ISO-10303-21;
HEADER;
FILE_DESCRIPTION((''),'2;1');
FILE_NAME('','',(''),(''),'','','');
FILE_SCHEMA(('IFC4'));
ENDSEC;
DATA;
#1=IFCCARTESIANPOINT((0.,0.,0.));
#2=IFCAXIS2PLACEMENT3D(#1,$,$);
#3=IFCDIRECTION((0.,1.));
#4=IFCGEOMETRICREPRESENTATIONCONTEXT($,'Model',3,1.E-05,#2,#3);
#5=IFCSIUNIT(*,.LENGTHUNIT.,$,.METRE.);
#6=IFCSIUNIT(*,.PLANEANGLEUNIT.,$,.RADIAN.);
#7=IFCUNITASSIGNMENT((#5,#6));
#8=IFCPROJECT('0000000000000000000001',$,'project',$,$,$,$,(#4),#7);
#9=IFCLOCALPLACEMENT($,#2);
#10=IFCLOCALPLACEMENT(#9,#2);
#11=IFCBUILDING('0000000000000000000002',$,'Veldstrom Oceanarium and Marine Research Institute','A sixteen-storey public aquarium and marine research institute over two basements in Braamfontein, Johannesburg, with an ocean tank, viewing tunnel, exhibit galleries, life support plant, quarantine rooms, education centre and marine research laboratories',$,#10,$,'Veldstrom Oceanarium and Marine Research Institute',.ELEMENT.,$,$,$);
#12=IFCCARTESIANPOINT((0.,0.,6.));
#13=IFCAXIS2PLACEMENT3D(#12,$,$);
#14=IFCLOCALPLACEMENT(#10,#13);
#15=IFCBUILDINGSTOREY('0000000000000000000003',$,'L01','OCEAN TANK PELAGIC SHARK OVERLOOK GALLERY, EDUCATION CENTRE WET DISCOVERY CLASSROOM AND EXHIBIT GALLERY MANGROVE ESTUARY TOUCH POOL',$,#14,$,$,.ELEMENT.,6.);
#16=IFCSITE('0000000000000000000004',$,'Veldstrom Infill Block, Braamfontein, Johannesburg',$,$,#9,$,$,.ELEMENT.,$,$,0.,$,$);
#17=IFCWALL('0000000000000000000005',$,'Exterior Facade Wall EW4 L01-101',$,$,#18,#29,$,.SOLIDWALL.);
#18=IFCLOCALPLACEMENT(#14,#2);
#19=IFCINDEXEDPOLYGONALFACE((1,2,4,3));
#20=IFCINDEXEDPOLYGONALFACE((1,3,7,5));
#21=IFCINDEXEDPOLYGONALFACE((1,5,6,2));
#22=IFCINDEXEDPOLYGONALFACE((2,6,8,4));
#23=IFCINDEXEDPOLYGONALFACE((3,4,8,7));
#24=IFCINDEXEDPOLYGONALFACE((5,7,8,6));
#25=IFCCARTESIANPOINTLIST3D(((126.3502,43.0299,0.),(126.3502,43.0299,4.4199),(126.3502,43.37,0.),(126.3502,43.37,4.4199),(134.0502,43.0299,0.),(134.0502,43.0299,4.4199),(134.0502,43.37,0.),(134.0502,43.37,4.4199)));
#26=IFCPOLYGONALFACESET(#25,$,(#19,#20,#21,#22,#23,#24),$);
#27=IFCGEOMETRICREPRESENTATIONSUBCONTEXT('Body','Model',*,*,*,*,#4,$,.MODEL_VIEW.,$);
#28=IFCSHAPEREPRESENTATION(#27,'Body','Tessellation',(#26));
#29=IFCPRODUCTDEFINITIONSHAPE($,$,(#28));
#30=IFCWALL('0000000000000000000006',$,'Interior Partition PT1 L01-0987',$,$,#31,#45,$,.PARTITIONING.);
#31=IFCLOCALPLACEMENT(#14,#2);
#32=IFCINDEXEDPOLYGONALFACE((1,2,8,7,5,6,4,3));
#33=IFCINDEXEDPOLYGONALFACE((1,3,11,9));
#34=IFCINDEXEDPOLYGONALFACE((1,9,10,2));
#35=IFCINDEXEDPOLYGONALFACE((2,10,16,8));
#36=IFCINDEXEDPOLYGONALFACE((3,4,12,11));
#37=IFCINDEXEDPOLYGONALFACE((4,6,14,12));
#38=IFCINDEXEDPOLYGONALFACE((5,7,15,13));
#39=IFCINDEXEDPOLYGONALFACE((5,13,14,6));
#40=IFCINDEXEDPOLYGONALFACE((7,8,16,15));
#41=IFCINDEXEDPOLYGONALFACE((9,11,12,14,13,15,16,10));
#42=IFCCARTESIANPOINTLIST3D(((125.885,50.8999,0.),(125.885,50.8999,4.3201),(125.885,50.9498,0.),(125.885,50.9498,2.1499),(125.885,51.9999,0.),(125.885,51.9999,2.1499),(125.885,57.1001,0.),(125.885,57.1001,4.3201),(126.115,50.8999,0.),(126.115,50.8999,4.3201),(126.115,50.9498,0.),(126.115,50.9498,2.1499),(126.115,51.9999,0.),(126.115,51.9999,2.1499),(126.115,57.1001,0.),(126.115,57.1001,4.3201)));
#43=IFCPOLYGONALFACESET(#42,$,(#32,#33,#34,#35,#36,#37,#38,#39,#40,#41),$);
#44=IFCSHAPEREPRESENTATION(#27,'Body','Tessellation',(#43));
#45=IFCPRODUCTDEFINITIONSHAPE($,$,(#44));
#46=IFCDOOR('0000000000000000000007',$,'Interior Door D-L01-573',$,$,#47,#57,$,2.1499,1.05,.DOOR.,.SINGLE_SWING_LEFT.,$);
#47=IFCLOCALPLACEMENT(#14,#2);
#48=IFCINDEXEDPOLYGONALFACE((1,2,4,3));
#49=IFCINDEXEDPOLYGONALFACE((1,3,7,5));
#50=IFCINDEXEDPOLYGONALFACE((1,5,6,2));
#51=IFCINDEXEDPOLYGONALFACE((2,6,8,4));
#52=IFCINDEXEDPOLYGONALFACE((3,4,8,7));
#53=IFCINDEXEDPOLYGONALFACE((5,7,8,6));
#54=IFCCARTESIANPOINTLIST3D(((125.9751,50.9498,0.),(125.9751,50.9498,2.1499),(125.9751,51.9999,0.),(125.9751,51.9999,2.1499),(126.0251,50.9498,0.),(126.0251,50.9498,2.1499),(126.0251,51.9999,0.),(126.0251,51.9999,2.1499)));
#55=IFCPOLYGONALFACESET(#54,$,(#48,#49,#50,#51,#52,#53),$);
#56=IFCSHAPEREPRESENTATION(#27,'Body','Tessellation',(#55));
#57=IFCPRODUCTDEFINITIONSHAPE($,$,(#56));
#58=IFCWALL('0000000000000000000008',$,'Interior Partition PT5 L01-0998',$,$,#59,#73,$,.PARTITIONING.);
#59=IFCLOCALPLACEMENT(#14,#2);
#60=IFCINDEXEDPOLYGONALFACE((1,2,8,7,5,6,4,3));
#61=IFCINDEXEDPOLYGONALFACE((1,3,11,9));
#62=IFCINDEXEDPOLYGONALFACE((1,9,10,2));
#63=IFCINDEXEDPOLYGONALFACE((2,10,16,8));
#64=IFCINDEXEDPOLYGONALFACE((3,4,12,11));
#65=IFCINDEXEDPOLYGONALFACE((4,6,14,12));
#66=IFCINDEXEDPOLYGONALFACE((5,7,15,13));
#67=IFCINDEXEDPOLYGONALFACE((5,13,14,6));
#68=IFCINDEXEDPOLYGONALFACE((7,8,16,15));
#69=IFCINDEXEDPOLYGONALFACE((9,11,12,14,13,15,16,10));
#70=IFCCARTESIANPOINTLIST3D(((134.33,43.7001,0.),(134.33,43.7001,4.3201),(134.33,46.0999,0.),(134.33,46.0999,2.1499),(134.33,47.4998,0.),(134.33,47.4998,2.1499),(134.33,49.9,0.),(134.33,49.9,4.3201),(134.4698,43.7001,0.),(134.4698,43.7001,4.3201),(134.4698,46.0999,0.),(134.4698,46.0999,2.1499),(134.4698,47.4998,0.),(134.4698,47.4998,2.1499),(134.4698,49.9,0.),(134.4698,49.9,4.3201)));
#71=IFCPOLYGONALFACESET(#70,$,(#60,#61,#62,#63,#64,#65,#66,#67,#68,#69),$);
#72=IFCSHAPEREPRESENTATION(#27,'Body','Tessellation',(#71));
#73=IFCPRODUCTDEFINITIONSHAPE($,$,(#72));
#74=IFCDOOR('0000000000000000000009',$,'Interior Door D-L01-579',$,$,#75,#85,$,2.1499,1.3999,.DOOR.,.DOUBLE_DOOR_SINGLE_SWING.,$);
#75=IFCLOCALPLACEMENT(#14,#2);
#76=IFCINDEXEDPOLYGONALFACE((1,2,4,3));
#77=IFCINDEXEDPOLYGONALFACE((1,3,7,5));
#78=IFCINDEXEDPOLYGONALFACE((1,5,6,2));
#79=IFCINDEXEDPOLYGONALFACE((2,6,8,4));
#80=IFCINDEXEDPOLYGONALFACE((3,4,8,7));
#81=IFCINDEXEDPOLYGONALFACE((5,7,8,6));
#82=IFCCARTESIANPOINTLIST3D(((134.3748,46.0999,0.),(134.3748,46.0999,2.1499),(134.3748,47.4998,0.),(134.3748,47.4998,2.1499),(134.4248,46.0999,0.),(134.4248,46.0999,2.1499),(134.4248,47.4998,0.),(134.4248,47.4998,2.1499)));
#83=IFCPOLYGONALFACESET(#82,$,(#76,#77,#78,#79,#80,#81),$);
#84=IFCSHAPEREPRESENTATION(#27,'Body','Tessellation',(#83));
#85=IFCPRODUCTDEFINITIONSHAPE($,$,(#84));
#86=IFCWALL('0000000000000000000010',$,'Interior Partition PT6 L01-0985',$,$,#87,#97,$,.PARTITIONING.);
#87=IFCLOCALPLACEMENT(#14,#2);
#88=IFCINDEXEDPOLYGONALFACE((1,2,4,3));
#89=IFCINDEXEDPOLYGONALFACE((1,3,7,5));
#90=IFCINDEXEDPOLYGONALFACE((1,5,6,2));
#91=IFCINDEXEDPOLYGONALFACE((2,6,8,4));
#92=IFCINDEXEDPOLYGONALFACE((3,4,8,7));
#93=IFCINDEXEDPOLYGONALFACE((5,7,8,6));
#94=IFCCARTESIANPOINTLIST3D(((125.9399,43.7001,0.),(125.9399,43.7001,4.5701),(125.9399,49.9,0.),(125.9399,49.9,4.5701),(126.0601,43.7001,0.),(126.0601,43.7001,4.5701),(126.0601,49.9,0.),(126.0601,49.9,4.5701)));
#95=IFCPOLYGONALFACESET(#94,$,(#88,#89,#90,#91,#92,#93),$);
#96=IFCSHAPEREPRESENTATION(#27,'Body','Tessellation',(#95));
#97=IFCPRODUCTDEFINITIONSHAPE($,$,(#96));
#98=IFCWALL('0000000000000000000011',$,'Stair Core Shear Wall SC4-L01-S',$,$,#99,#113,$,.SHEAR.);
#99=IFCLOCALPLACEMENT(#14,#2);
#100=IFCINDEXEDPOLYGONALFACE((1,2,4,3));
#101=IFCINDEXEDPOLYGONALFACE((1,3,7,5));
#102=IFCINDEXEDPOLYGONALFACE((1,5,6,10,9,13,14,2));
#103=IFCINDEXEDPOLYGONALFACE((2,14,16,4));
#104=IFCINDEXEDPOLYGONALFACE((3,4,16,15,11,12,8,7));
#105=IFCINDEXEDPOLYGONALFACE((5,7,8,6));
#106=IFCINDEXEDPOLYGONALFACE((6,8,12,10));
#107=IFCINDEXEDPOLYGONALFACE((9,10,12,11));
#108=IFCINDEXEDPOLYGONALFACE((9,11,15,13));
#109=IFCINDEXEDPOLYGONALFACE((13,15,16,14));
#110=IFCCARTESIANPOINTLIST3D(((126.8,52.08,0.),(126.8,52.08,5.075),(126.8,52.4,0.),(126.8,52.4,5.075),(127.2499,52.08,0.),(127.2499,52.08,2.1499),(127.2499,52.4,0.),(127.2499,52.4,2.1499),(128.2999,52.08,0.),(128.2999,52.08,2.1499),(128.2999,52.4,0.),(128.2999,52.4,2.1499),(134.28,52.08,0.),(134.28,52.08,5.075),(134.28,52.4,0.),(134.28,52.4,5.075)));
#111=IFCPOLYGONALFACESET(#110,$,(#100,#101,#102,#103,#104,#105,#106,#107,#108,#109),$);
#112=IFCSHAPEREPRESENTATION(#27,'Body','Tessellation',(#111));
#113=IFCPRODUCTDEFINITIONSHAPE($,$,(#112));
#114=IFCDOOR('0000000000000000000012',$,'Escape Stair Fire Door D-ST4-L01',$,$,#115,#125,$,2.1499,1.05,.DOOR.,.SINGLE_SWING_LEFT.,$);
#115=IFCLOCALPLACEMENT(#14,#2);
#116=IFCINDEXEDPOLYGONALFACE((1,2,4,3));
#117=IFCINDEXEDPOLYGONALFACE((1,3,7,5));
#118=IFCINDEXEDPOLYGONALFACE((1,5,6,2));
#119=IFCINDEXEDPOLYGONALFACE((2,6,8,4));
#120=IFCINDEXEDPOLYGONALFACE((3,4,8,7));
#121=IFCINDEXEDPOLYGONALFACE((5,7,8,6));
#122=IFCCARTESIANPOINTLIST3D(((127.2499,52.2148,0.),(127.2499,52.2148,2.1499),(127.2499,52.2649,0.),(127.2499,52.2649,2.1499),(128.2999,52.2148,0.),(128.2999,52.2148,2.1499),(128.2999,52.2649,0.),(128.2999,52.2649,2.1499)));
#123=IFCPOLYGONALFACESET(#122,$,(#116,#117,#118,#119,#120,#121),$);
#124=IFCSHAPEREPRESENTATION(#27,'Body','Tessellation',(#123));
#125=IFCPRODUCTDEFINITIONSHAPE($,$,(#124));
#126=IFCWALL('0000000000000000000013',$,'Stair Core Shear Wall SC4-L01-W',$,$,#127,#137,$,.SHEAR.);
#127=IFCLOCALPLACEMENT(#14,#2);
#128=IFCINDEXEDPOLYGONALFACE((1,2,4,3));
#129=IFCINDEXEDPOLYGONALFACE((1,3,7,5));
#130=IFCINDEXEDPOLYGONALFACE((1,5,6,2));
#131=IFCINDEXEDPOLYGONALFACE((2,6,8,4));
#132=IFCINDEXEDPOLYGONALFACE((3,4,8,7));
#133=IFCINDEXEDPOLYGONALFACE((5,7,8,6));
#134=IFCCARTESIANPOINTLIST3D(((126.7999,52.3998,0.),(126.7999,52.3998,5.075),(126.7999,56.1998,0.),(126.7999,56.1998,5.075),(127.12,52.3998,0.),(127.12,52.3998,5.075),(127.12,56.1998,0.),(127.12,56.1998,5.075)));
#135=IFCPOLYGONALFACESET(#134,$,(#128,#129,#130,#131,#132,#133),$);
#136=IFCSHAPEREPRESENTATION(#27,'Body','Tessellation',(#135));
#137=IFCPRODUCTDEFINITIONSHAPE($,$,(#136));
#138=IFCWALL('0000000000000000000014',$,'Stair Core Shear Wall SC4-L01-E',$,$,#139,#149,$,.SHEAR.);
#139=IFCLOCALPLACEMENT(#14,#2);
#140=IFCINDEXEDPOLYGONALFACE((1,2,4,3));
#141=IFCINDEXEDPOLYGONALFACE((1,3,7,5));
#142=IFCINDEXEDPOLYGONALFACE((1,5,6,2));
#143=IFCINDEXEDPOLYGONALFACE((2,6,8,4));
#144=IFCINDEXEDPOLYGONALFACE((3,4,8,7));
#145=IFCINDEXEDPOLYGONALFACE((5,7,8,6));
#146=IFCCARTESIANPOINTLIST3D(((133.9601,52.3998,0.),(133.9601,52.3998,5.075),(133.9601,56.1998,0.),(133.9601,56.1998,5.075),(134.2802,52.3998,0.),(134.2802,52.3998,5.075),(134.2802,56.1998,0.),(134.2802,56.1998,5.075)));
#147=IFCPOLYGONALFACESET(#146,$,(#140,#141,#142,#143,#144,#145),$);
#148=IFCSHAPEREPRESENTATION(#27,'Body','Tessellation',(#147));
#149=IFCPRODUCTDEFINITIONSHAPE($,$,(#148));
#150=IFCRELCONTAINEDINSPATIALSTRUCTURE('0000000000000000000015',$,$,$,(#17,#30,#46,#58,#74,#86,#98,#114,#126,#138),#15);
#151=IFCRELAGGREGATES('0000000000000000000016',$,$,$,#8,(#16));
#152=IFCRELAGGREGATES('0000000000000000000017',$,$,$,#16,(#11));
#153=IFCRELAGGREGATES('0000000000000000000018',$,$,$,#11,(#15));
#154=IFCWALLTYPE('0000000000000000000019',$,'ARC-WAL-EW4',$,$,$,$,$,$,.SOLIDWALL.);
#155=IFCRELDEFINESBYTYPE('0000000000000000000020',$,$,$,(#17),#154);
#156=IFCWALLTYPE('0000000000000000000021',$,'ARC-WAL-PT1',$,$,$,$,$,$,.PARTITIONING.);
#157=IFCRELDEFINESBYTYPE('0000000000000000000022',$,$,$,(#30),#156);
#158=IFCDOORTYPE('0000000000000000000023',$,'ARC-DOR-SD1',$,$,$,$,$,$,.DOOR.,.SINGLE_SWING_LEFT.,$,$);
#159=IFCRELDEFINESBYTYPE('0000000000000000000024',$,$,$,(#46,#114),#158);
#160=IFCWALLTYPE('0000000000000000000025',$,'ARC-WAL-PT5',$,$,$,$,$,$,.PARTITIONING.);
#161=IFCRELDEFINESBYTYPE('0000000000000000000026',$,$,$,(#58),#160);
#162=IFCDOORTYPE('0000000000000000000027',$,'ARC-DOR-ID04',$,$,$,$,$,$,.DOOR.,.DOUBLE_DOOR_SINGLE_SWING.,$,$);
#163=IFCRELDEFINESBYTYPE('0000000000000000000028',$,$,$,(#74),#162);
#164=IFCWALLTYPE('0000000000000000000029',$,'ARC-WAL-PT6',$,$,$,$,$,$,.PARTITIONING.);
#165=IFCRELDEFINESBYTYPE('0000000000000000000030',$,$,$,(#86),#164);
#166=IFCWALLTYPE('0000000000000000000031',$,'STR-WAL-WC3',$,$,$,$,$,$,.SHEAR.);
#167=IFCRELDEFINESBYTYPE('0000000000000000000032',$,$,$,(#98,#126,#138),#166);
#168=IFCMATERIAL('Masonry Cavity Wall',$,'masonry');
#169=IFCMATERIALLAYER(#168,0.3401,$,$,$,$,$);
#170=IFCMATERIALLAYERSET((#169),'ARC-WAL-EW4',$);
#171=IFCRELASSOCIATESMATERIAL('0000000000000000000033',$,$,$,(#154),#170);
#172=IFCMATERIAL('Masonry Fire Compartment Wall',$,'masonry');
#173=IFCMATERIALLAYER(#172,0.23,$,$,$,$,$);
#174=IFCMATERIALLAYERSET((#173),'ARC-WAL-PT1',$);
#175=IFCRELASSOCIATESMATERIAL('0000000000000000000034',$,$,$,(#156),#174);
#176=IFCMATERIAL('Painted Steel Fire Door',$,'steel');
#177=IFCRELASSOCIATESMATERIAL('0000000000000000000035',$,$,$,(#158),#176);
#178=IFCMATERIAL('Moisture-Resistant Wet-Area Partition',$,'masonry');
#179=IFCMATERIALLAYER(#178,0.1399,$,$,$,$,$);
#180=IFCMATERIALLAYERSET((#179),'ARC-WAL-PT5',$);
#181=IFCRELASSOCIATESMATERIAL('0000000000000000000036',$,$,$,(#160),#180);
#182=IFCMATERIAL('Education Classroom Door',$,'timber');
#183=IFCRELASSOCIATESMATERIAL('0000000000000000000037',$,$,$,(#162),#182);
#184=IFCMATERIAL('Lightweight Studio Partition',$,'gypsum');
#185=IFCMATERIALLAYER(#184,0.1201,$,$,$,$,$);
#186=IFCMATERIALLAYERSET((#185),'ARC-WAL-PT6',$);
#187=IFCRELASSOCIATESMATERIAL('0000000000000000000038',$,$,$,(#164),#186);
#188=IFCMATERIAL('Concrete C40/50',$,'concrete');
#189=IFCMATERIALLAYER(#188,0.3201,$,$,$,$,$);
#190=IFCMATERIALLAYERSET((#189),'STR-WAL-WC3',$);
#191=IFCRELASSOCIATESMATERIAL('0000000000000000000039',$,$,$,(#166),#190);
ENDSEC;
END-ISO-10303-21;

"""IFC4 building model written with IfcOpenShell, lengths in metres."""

from ifc_helpers import new_model, si_unit, direction, frame, frame_2d, origin, place, context, subcontext, project, spatial, rectangle, extrude, material, layer, layer_set, type_object, element, fill, save


model = new_model("IFC4")

# Units and contexts
model_context = context("Model", 3, precision=1e-05, world=origin(), true_north=direction((0.0, 1.0)))
body_context = subcontext(model_context, "Body", "Model", "MODEL_VIEW")
ifc_project = project(units=[si_unit("LENGTHUNIT", "METRE"), si_unit("PLANEANGLEUNIT", "RADIAN")], contexts=[model_context])

# Site, building, storey
site_placement = place(None, origin())
site = spatial("IfcSite", under=ifc_project, at=site_placement, Name="Veldstrom Infill Block, Braamfontein, Johannesburg", CompositionType="ELEMENT", RefElevation=0.0)
building_placement = place(site_placement, origin())
building = spatial("IfcBuilding", under=site, at=building_placement, Name="Veldstrom Oceanarium and Marine Research Institute", Description="A sixteen-storey public aquarium and marine research institute over two basements in Braamfontein, Johannesburg, with an ocean tank, viewing tunnel, exhibit galleries, life support plant, quarantine rooms, education centre and marine research laboratories", LongName="Veldstrom Oceanarium and Marine Research Institute", CompositionType="ELEMENT")
storey_placement = place(building_placement, frame((0.0, 0.0, 6.0)))
storey = spatial("IfcBuildingStorey", under=building, at=storey_placement, Name="L01", Description="OCEAN TANK PELAGIC SHARK OVERLOOK GALLERY, EDUCATION CENTRE WET DISCOVERY CLASSROOM AND EXHIBIT GALLERY MANGROVE ESTUARY TOUCH POOL", CompositionType="ELEMENT", Elevation=6.0)

# Wall
ifc_material_1 = material(Name="Masonry Cavity Wall", Category="masonry")
ifc_layer_1 = layer(ifc_material_1, 0.3401)
ifc_layer_set_1 = layer_set([ifc_layer_1], Name="ARC-WAL-EW4")
wall_type_1 = type_object("IfcWallType", Name="ARC-WAL-EW4", PredefinedType="SOLIDWALL", material=ifc_layer_set_1)
wall_1_placement = place(storey_placement, frame((126.3501, 43.2, 0.0), z_axis=(0.0, 0.0, 1.0), x_axis=(1.0, 0.0, 0.0)))
element("IfcWall", 1, at=wall_1_placement, inside=storey, type_object=wall_type_1, Name="Exterior Facade Wall EW4 L01-101", PredefinedType="SOLIDWALL", context=body_context, shape_type="SweptSolid", body=[
    extrude(rectangle(XDim=7.7, YDim=0.3401, at=frame_2d((3.8501, 0.0))), origin(), (0.0, 0.0, 1.0), 4.4199),
])

# Walls, openings, doors
ifc_material_2 = material(Name="Masonry Fire Compartment Wall", Category="masonry")
ifc_layer_2 = layer(ifc_material_2, 0.23)
ifc_layer_set_2 = layer_set([ifc_layer_2], Name="ARC-WAL-PT1")
wall_type_2 = type_object("IfcWallType", Name="ARC-WAL-PT1", PredefinedType="PARTITIONING", material=ifc_layer_set_2)
wall_2_placement = place(storey_placement, frame((126.0, 50.8999, 0.0), z_axis=(0.0, 0.0, 1.0), x_axis=(0.0, 1.0, 0.0)))
wall_2 = element("IfcWall", 2, at=wall_2_placement, inside=storey, type_object=wall_type_2, Name="Interior Partition PT1 L01-0987", PredefinedType="PARTITIONING", context=body_context, shape_type="SweptSolid", body=[
    extrude(rectangle(XDim=6.2002, YDim=0.23, at=frame_2d((3.1001, 0.0))), origin(), (0.0, 0.0, 1.0), 4.3201),
])
opening_1_placement = place(wall_2_placement, frame((0.05, 0.0, 0.0)))
opening_1 = element("IfcOpeningElement", 3, at=opening_1_placement, cuts=wall_2, PredefinedType="OPENING", context=body_context, shape_type="SweptSolid", body=[
    extrude(rectangle(XDim=1.05, YDim=2.1499, at=frame_2d((0.5249, 1.075))), frame((0.0, 0.125, 0.0), z_axis=(0.0, -1.0, 0.0), x_axis=(1.0, 0.0, 0.0)), (0.0, 0.0, 1.0), 0.25),
])
ifc_material_3 = material(Name="Painted Steel Fire Door", Category="steel")
door_type_1 = type_object("IfcDoorType", Name="ARC-DOR-SD1", OperationType="SINGLE_SWING_LEFT", PredefinedType="DOOR", material=ifc_material_3)
door_1_placement = place(opening_1_placement, origin())
door_1 = element("IfcDoor", 4, at=door_1_placement, inside=storey, type_object=door_type_1, Name="Interior Door D-L01-573", OperationType="SINGLE_SWING_LEFT", OverallHeight=2.1499, OverallWidth=1.05, PredefinedType="DOOR", context=body_context, shape_type="SweptSolid", body=[
    extrude(rectangle(XDim=1.05, YDim=2.1499, at=frame_2d((0.5249, 1.075))), frame((0.0, 0.0249, 0.0), z_axis=(0.0, -1.0, 0.0), x_axis=(1.0, 0.0, 0.0)), (0.0, 0.0, 1.0), 0.05),
])
fill(opening_1, door_1)
ifc_material_4 = material(Name="Moisture-Resistant Wet-Area Partition", Category="masonry")
ifc_layer_3 = layer(ifc_material_4, 0.1399)
ifc_layer_set_3 = layer_set([ifc_layer_3], Name="ARC-WAL-PT5")
wall_type_3 = type_object("IfcWallType", Name="ARC-WAL-PT5", PredefinedType="PARTITIONING", material=ifc_layer_set_3)
wall_3_placement = place(storey_placement, frame((134.3999, 43.7, 0.0), z_axis=(0.0, 0.0, 1.0), x_axis=(0.0, 1.0, 0.0)))
wall_3 = element("IfcWall", 5, at=wall_3_placement, inside=storey, type_object=wall_type_3, Name="Interior Partition PT5 L01-0998", PredefinedType="PARTITIONING", context=body_context, shape_type="SweptSolid", body=[
    extrude(rectangle(XDim=6.2, YDim=0.1399, at=frame_2d((3.1001, 0.0))), origin(), (0.0, 0.0, 1.0), 4.3201),
])
opening_2_placement = place(wall_3_placement, frame((2.3999, 0.0, 0.0)))
opening_2 = element("IfcOpeningElement", 6, at=opening_2_placement, cuts=wall_3, PredefinedType="OPENING", context=body_context, shape_type="SweptSolid", body=[
    extrude(rectangle(XDim=1.3999, YDim=2.1499, at=frame_2d((0.7, 1.075))), frame((0.0, 0.0798, 0.0), z_axis=(0.0, -1.0, 0.0), x_axis=(1.0, 0.0, 0.0)), (0.0, 0.0, 1.0), 0.1599),
])
ifc_material_5 = material(Name="Education Classroom Door", Category="timber")
door_type_2 = type_object("IfcDoorType", Name="ARC-DOR-ID04", OperationType="DOUBLE_DOOR_SINGLE_SWING", PredefinedType="DOOR", material=ifc_material_5)
door_2_placement = place(opening_2_placement, frame((1.3999, 0.0, 0.0), z_axis=(0.0, 0.0, 1.0), x_axis=(-1.0, 0.0, 0.0)))
door_2 = element("IfcDoor", 7, at=door_2_placement, inside=storey, type_object=door_type_2, Name="Interior Door D-L01-579", OperationType="DOUBLE_DOOR_SINGLE_SWING", OverallHeight=2.1499, OverallWidth=1.3999, PredefinedType="DOOR", context=body_context, shape_type="SweptSolid", body=[
    extrude(rectangle(XDim=1.3999, YDim=2.1499, at=frame_2d((0.7, 1.075))), frame((0.0, 0.0249, 0.0), z_axis=(0.0, -1.0, 0.0), x_axis=(1.0, 0.0, 0.0)), (0.0, 0.0, 1.0), 0.05),
])
fill(opening_2, door_2)

# Wall
ifc_material_6 = material(Name="Lightweight Studio Partition", Category="gypsum")
ifc_layer_4 = layer(ifc_material_6, 0.1201)
ifc_layer_set_4 = layer_set([ifc_layer_4], Name="ARC-WAL-PT6")
wall_type_4 = type_object("IfcWallType", Name="ARC-WAL-PT6", PredefinedType="PARTITIONING", material=ifc_layer_set_4)
wall_4_placement = place(storey_placement, frame((126.0, 43.7, 0.0), z_axis=(0.0, 0.0, 1.0), x_axis=(0.0, 1.0, 0.0)))
element("IfcWall", 8, at=wall_4_placement, inside=storey, type_object=wall_type_4, Name="Interior Partition PT6 L01-0985", PredefinedType="PARTITIONING", context=body_context, shape_type="SweptSolid", body=[
    extrude(rectangle(XDim=6.2, YDim=0.1201, at=frame_2d((3.1001, 0.0))), origin(), (0.0, 0.0, 1.0), 4.5701),
])

# Wall, opening, door
ifc_material_7 = material(Name="Concrete C40/50", Category="concrete")
ifc_layer_5 = layer(ifc_material_7, 0.3201)
ifc_layer_set_5 = layer_set([ifc_layer_5], Name="STR-WAL-WC3")
wall_type_5 = type_object("IfcWallType", Name="STR-WAL-WC3", PredefinedType="SHEAR", material=ifc_layer_set_5)
wall_5_placement = place(storey_placement, frame((126.8, 52.24, 0.0), z_axis=(0.0, 0.0, 1.0), x_axis=(1.0, 0.0, 0.0)))
wall_5 = element("IfcWall", 9, at=wall_5_placement, inside=storey, type_object=wall_type_5, Name="Stair Core Shear Wall SC4-L01-S", PredefinedType="SHEAR", context=body_context, shape_type="SweptSolid", body=[
    extrude(rectangle(XDim=7.48, YDim=0.3201, at=frame_2d((3.74, 0.0))), origin(), (0.0, 0.0, 1.0), 5.075),
])
opening_3_placement = place(wall_5_placement, frame((0.45, 0.0, 0.0)))
opening_3 = element("IfcOpeningElement", 10, at=opening_3_placement, cuts=wall_5, PredefinedType="OPENING", context=body_context, shape_type="SweptSolid", body=[
    extrude(rectangle(XDim=1.05, YDim=2.1499, at=frame_2d((0.5249, 1.075))), frame((0.0, 0.1699, 0.0), z_axis=(0.0, -1.0, 0.0), x_axis=(1.0, 0.0, 0.0)), (0.0, 0.0, 1.0), 0.3401),
])
door_3_placement = place(opening_3_placement, origin())
door_3 = element("IfcDoor", 11, at=door_3_placement, inside=storey, type_object=door_type_1, Name="Escape Stair Fire Door D-ST4-L01", OperationType="SINGLE_SWING_LEFT", OverallHeight=2.1499, OverallWidth=1.05, PredefinedType="DOOR", context=body_context, shape_type="SweptSolid", body=[
    extrude(rectangle(XDim=1.05, YDim=2.1499, at=frame_2d((0.5249, 1.075))), frame((0.0, 0.0249, 0.0), z_axis=(0.0, -1.0, 0.0), x_axis=(1.0, 0.0, 0.0)), (0.0, 0.0, 1.0), 0.05),
])
fill(opening_3, door_3)

# Walls
for number, where, z_axis, x_axis, name in (
    (12, (126.96, 52.3999, 0.0), (0.0, 0.0, 1.0), (0.0, 1.0, 0.0), "Stair Core Shear Wall SC4-L01-W"),
    (13, (134.1201, 52.3999, 0.0), (0.0, 0.0, 1.0), (0.0, 1.0, 0.0), "Stair Core Shear Wall SC4-L01-E"),
):
    element("IfcWall", number, at=place(storey_placement, frame(where, z_axis=z_axis, x_axis=x_axis)), inside=storey, type_object=wall_type_5, Name=name, PredefinedType="SHEAR", context=body_context, shape_type="SweptSolid", body=[
        extrude(rectangle(XDim=3.8, YDim=0.3201, at=frame_2d((1.8999, 0.0))), origin(), (0.0, 0.0, 1.0), 5.075),
    ])

save(model, "model.ifc")
